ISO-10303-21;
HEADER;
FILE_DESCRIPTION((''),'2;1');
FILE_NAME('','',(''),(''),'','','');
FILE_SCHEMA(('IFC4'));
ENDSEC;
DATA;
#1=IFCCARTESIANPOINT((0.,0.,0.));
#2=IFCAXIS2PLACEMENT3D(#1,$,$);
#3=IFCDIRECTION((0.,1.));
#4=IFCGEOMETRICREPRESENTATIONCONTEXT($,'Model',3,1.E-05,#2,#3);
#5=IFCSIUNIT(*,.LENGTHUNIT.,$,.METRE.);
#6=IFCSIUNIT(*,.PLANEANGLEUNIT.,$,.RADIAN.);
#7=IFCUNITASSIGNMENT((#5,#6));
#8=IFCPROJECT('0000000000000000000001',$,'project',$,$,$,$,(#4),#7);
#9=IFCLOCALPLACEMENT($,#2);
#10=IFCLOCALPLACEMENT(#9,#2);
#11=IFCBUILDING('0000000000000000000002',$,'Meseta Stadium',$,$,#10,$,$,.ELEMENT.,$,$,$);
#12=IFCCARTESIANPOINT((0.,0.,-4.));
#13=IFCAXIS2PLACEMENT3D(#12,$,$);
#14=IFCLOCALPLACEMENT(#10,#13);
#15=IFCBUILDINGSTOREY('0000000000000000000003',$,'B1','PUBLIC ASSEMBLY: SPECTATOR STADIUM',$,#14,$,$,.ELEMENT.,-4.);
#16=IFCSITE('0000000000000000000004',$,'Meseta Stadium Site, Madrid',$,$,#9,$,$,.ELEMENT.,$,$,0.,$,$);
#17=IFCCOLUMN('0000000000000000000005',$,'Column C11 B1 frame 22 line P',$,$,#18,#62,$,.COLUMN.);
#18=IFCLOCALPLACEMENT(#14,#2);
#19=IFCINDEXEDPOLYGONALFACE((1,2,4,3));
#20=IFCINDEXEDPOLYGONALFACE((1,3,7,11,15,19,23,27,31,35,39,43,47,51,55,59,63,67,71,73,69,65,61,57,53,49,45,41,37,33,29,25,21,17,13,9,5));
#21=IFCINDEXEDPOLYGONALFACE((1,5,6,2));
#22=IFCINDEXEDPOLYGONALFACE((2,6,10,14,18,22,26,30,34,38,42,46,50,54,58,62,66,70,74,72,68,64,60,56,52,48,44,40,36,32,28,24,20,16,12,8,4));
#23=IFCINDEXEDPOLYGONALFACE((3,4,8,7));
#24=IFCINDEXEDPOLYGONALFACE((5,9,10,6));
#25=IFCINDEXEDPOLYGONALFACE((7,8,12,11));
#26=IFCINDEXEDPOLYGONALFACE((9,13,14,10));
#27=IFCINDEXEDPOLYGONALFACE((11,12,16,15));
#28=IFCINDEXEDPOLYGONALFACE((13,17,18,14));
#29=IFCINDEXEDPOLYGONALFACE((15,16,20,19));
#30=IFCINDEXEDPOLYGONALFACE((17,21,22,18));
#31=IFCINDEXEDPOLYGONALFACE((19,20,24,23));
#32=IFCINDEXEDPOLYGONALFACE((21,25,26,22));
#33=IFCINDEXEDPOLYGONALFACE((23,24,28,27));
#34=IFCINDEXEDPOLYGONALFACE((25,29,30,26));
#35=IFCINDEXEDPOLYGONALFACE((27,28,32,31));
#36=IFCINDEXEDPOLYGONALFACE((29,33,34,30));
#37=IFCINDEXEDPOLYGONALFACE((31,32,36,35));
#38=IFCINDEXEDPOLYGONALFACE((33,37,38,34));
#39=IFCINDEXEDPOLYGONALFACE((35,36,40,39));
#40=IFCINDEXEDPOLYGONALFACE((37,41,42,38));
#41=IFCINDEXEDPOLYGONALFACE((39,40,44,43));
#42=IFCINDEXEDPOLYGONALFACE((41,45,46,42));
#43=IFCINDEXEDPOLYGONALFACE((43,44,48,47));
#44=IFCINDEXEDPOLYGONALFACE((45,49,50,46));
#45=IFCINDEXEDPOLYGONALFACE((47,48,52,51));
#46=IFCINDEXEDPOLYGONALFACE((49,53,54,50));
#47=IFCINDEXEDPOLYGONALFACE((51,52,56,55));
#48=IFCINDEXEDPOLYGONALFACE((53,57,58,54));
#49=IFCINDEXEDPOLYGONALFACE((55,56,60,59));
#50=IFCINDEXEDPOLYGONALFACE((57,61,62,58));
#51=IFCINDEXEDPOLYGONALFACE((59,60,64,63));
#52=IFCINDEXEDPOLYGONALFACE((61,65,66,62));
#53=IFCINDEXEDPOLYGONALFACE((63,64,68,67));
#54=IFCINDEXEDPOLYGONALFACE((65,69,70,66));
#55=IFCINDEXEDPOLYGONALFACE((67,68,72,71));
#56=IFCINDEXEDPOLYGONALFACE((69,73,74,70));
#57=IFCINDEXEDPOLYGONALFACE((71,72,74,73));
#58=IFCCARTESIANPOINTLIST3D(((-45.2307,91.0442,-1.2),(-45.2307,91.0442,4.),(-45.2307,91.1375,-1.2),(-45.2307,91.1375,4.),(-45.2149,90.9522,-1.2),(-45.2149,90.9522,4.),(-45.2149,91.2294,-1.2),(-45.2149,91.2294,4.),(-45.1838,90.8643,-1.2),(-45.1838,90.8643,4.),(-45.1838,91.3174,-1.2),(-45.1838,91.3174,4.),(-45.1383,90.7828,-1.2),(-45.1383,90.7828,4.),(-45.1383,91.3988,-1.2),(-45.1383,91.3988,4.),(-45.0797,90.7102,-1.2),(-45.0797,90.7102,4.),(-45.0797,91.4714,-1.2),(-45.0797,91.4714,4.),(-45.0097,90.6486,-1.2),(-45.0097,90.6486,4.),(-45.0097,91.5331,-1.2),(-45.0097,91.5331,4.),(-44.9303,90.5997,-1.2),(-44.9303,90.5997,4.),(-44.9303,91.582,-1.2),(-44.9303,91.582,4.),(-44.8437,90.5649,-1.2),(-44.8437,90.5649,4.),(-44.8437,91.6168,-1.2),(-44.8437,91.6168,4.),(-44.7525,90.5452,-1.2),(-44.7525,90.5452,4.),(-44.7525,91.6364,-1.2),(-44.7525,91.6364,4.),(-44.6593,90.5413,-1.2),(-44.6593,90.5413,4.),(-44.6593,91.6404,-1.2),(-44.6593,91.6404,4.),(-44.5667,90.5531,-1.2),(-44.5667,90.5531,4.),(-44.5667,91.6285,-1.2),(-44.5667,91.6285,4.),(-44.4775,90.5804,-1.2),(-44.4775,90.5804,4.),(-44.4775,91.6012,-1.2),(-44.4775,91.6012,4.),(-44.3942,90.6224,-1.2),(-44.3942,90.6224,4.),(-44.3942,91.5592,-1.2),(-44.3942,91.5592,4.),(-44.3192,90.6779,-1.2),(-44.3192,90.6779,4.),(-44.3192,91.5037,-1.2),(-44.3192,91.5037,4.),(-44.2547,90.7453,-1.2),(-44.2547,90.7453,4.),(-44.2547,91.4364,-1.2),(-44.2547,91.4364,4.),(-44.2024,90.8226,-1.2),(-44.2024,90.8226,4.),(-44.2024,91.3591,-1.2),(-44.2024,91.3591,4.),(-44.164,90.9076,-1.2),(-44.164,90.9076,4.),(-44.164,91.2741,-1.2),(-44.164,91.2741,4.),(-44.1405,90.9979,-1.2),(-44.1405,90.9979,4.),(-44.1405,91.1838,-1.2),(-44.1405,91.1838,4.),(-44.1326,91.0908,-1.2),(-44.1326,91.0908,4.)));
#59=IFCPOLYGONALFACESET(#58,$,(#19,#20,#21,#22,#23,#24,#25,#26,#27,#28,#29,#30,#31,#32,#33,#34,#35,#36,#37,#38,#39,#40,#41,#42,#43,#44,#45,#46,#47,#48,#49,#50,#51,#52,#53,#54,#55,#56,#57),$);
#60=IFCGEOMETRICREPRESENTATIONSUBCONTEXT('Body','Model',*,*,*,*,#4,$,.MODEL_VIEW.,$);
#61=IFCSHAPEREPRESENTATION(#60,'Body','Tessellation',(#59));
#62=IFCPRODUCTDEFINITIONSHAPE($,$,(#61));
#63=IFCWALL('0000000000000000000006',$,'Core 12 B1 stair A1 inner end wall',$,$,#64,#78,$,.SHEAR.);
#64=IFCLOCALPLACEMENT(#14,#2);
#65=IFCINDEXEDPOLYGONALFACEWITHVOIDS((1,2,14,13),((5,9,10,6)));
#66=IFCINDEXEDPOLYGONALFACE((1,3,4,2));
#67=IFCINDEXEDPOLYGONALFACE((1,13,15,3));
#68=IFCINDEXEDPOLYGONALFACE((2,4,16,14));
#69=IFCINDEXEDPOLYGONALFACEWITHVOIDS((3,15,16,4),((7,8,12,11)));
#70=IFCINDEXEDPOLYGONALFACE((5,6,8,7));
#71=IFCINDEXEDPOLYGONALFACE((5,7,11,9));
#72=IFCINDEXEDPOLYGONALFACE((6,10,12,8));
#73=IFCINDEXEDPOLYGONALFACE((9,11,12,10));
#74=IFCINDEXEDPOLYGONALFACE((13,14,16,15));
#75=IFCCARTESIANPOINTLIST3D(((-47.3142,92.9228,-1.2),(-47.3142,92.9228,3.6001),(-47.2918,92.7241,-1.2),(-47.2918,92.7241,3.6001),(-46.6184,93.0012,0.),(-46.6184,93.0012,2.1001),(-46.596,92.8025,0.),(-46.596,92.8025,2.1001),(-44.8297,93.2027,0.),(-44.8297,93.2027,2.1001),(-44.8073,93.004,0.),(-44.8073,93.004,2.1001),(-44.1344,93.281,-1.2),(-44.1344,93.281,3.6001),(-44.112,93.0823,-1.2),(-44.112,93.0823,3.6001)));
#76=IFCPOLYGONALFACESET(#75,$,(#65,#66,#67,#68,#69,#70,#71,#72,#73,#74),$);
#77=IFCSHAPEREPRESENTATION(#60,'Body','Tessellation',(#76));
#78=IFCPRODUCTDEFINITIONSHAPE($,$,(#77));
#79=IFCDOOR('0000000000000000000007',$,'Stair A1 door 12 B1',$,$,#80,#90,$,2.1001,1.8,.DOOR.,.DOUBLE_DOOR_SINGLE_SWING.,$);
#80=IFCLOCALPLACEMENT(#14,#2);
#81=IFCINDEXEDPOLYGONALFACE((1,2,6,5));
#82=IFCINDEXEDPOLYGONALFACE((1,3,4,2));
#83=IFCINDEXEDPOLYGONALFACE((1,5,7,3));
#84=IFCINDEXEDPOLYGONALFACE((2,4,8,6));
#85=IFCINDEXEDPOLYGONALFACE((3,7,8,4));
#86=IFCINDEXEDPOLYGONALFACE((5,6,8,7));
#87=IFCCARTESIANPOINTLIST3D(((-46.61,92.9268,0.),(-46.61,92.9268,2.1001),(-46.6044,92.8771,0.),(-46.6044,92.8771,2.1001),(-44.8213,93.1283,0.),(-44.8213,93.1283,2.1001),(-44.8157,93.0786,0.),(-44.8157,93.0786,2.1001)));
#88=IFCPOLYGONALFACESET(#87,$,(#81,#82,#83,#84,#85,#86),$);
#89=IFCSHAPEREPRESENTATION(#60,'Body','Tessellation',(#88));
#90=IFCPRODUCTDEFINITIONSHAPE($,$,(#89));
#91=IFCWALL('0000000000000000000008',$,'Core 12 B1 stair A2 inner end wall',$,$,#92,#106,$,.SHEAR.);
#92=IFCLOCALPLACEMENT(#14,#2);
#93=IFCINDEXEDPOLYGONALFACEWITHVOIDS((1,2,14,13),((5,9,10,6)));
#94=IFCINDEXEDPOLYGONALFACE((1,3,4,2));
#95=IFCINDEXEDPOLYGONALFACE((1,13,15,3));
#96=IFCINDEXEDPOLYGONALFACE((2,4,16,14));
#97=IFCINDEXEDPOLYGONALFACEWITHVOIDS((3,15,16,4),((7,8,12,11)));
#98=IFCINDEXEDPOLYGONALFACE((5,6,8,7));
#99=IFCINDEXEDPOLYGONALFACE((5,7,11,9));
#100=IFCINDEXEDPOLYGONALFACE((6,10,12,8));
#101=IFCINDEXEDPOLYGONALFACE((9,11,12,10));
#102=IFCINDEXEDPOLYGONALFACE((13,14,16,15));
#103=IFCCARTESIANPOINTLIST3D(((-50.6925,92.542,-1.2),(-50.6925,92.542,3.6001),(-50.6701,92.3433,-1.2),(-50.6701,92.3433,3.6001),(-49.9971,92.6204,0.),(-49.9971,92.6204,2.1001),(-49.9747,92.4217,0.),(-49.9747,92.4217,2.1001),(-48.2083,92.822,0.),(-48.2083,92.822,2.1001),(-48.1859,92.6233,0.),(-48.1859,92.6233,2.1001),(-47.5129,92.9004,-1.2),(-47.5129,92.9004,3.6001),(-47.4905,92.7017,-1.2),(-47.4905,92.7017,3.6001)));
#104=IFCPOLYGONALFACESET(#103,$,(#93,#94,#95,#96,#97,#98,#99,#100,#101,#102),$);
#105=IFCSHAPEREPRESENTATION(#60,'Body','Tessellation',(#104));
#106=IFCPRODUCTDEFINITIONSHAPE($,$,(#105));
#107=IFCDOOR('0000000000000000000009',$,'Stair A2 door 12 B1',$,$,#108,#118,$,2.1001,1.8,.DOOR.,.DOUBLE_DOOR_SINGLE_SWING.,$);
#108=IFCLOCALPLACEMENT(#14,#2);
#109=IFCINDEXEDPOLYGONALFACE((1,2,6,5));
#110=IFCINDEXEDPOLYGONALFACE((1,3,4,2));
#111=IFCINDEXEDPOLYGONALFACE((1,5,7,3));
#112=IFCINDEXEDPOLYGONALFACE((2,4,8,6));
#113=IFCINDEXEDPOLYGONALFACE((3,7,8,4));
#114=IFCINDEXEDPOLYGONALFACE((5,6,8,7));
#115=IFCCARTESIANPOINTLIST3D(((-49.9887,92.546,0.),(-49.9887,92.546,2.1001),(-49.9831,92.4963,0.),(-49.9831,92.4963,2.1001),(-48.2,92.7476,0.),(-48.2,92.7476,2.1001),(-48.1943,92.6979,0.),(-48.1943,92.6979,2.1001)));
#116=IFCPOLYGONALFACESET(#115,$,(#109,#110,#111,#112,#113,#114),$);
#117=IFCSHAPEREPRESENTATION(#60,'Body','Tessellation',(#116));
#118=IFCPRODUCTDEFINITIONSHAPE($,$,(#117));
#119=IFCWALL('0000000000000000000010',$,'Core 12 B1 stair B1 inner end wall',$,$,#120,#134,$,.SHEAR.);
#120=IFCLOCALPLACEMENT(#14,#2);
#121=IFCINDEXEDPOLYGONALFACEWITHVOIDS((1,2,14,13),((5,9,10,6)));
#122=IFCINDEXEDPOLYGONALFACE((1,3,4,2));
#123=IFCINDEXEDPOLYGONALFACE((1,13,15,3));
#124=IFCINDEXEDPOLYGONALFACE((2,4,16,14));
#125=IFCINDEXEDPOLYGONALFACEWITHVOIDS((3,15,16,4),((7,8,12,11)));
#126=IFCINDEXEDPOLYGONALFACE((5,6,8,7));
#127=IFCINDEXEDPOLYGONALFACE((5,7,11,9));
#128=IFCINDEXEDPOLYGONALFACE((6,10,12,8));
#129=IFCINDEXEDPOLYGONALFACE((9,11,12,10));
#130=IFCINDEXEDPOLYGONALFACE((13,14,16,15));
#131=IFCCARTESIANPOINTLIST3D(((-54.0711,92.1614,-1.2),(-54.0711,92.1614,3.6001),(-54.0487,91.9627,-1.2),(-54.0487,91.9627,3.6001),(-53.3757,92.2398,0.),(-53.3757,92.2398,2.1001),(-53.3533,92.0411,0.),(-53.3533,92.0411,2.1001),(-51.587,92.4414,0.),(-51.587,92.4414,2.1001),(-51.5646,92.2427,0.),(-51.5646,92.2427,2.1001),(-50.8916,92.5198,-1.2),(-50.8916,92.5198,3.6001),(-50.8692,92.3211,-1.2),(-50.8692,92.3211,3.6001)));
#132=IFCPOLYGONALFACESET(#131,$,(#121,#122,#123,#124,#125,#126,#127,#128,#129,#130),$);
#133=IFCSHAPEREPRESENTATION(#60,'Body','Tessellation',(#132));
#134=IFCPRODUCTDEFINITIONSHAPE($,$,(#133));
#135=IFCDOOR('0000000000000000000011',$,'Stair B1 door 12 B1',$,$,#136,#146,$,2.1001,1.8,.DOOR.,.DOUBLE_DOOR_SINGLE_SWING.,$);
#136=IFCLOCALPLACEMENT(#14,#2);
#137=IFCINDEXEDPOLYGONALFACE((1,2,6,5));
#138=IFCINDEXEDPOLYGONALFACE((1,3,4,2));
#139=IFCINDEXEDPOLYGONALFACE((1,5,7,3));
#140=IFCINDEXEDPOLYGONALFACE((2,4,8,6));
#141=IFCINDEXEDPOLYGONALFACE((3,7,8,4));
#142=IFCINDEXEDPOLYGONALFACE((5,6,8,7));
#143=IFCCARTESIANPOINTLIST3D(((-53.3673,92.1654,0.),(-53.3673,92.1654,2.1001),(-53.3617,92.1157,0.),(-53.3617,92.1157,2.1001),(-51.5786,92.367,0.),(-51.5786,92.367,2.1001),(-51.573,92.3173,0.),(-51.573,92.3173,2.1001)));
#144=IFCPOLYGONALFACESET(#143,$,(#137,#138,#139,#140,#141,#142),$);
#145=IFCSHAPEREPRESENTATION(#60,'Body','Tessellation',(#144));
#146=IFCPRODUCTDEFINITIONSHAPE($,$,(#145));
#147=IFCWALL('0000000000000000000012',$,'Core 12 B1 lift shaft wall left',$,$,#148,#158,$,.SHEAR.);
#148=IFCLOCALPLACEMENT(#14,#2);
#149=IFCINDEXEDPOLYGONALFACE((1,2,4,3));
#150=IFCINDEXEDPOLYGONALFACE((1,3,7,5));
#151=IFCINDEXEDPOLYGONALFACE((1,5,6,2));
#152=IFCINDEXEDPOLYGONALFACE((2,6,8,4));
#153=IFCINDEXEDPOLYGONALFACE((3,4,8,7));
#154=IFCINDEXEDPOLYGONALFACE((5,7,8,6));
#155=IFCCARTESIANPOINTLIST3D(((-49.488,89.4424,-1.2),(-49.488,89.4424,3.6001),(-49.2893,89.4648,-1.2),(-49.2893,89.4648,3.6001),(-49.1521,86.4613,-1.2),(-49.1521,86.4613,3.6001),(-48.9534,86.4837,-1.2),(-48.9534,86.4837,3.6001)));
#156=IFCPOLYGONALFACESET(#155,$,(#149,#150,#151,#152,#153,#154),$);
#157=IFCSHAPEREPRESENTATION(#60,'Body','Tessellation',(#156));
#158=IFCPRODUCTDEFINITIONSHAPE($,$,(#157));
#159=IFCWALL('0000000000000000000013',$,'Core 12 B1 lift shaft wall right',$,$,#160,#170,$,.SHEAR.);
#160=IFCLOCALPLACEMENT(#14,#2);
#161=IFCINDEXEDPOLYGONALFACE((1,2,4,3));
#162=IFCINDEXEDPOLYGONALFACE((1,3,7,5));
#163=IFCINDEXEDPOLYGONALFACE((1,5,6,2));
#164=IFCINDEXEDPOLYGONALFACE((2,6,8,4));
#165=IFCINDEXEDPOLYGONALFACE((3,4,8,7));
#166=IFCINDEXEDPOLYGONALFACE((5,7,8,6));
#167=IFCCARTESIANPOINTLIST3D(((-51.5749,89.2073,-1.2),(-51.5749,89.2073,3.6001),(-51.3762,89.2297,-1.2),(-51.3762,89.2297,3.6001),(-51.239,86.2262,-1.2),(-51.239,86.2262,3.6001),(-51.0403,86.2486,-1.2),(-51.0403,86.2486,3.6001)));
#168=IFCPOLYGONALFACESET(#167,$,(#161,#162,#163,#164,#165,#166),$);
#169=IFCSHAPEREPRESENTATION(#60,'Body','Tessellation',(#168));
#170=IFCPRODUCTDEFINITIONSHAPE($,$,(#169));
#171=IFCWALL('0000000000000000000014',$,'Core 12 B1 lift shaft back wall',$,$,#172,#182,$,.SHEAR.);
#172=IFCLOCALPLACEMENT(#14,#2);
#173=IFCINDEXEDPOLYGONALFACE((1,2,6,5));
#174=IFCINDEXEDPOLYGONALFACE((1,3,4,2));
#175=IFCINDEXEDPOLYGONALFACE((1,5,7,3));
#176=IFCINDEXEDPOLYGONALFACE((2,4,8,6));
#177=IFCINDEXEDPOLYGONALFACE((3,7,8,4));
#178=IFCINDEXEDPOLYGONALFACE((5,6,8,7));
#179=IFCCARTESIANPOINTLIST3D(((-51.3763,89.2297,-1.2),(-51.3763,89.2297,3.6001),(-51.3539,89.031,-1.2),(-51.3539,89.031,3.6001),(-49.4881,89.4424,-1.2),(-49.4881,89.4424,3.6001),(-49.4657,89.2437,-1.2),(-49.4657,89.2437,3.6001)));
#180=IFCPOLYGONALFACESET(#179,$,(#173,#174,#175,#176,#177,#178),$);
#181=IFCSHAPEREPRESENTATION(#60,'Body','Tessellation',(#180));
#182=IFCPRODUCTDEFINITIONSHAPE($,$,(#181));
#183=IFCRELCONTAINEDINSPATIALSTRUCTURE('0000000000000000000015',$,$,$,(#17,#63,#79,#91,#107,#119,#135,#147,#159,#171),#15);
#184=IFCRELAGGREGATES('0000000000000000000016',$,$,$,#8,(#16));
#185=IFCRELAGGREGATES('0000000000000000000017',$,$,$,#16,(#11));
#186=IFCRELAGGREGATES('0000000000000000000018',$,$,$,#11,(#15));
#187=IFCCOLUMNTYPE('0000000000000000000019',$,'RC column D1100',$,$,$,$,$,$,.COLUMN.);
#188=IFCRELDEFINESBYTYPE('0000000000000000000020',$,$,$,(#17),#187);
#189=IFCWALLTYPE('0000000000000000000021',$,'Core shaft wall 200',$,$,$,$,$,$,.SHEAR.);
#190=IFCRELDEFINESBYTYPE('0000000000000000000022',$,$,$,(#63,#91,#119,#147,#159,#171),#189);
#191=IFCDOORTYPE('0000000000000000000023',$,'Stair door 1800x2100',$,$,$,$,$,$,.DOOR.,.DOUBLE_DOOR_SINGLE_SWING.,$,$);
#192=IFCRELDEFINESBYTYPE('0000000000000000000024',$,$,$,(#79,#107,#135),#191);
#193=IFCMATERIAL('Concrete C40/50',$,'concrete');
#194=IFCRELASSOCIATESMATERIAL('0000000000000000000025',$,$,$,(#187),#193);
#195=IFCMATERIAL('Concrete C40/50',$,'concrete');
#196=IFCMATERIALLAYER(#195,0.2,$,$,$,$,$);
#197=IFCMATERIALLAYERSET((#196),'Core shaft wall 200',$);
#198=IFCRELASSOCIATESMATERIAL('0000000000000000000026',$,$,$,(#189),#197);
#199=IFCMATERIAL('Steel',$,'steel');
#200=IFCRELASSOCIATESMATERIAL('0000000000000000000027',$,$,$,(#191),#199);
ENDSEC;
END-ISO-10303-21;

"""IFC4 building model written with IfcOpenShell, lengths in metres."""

from ifc_helpers import new_model, si_unit, direction, frame, frame_2d, origin, origin_2d, place, context, subcontext, project, spatial, rectangle, circle, extrude, material, layer, layer_set, material_profile, profile_set, type_object, element, fill, save


model = new_model("IFC4")

# Units and contexts
model_context = context("Model", 3, precision=1e-05, world=origin(), true_north=direction((0.0, 1.0)))
body_context = subcontext(model_context, "Body", "Model", "MODEL_VIEW")
ifc_project = project(units=[si_unit("LENGTHUNIT", "METRE"), si_unit("PLANEANGLEUNIT", "RADIAN")], contexts=[model_context])

# Site, building, storey
site_placement = place(None, origin())
site = spatial("IfcSite", under=ifc_project, at=site_placement, Name="Meseta Stadium Site, Madrid", CompositionType="ELEMENT", RefElevation=0.0)
building_placement = place(site_placement, origin())
building = spatial("IfcBuilding", under=site, at=building_placement, Name="Meseta Stadium", CompositionType="ELEMENT")
storey_placement = place(building_placement, frame((0.0, 0.0, -4.0)))
storey = spatial("IfcBuildingStorey", under=building, at=storey_placement, Name="B1", Description="PUBLIC ASSEMBLY: SPECTATOR STADIUM", CompositionType="ELEMENT", Elevation=-4.0)

# Column
ifc_material_1 = material(Name="Concrete C40/50", Category="concrete")
ifc_material_profile = material_profile(ifc_material_1, circle(Radius=0.55, at=origin_2d()), Name="RC D1100")
ifc_profile_set = profile_set([ifc_material_profile], Name="Concrete C40/50")
column_type = type_object("IfcColumnType", Name="RC column D1100", PredefinedType="COLUMN", material=ifc_profile_set)
column_placement = place(storey_placement, frame((-44.6826, 91.0908, -1.2), z_axis=(0.0, 0.0, 1.0), x_axis=(1.0, 0.0, 0.0)))
element("IfcColumn", 1, at=column_placement, inside=storey, type_object=column_type, Name="Column C11 B1 frame 22 line P", PredefinedType="COLUMN", context=body_context, shape_type="SweptSolid", body=[
    extrude(circle(Radius=0.55, at=origin_2d()), origin(), (0.0, 0.0, 1.0), 5.2),
])

# Walls, openings, doors
ifc_material_2 = material(Name="Concrete C40/50", Category="concrete")
ifc_layer_1 = layer(ifc_material_2, 0.2)
ifc_layer_set_1 = layer_set([ifc_layer_1], Name="Core shaft wall 200")
wall_type_1 = type_object("IfcWallType", Name="Core shaft wall 200", PredefinedType="SHEAR", material=ifc_layer_set_1)
wall_1_placement = place(storey_placement, frame((-44.123, 93.1816, -1.2), z_axis=(0.0, 0.0, 1.0), x_axis=(-0.993717, -0.111922, 0.0)))
wall_1 = element("IfcWall", 2, at=wall_1_placement, inside=storey, type_object=wall_type_1, Name="Core 12 B1 stair A1 inner end wall", PredefinedType="SHEAR", context=body_context, shape_type="SweptSolid", body=[
    extrude(rectangle(XDim=3.2, YDim=0.2, at=frame_2d((1.6001, 0.0))), origin(), (0.0, 0.0, 1.0), 4.8),
])
opening_1_placement = place(wall_1_placement, frame((0.7, 0.0, 1.2)))
opening_1 = element("IfcOpeningElement", 3, at=opening_1_placement, cuts=wall_1, PredefinedType="OPENING", context=body_context, shape_type="SweptSolid", body=[
    extrude(rectangle(XDim=1.8, YDim=2.1001, at=frame_2d((0.8999, 1.05))), frame((0.0, 0.1099, 0.0), z_axis=(0.0, -1.0, 0.0), x_axis=(1.0, 0.0, 0.0)), (0.0, 0.0, 1.0), 0.22),
])
ifc_material_3 = material(Name="Steel", Category="steel")
door_type = type_object("IfcDoorType", Name="Stair door 1800x2100", OperationType="DOUBLE_DOOR_SINGLE_SWING", PredefinedType="DOOR", material=ifc_material_3)
door_1_placement = place(opening_1_placement, origin())
door_1 = element("IfcDoor", 4, at=door_1_placement, inside=storey, type_object=door_type, Name="Stair A1 door 12 B1", OperationType="DOUBLE_DOOR_SINGLE_SWING", OverallHeight=2.1001, OverallWidth=1.8, PredefinedType="DOOR", context=body_context, shape_type="SweptSolid", body=[
    extrude(rectangle(XDim=1.8, YDim=2.1001, at=frame_2d((0.8999, 1.05))), frame((0.0, 0.0249, 0.0), z_axis=(0.0, -1.0, 0.0), x_axis=(1.0, 0.0, 0.0)), (0.0, 0.0, 1.0), 0.05),
])
fill(opening_1, door_1)
wall_2_placement = place(storey_placement, frame((-47.5017, 92.801, -1.2), z_axis=(0.0, 0.0, 1.0), x_axis=(-0.993708, -0.112006, 0.0)))
wall_2 = element("IfcWall", 5, at=wall_2_placement, inside=storey, type_object=wall_type_1, Name="Core 12 B1 stair A2 inner end wall", PredefinedType="SHEAR", context=body_context, shape_type="SweptSolid", body=[
    extrude(rectangle(XDim=3.1997, YDim=0.2, at=frame_2d((1.5999, 0.0))), origin(), (0.0, 0.0, 1.0), 4.8),
])
opening_2_placement = place(wall_2_placement, frame((0.7, 0.0, 1.2)))
opening_2 = element("IfcOpeningElement", 6, at=opening_2_placement, cuts=wall_2, PredefinedType="OPENING", context=body_context, shape_type="SweptSolid", body=[
    extrude(rectangle(XDim=1.8, YDim=2.1001, at=frame_2d((0.8999, 1.05))), frame((0.0, 0.1099, 0.0), z_axis=(0.0, -1.0, 0.0), x_axis=(1.0, 0.0, 0.0)), (0.0, 0.0, 1.0), 0.22),
])
door_2_placement = place(opening_2_placement, origin())
door_2 = element("IfcDoor", 7, at=door_2_placement, inside=storey, type_object=door_type, Name="Stair A2 door 12 B1", OperationType="DOUBLE_DOOR_SINGLE_SWING", OverallHeight=2.1001, OverallWidth=1.8, PredefinedType="DOOR", context=body_context, shape_type="SweptSolid", body=[
    extrude(rectangle(XDim=1.8, YDim=2.1001, at=frame_2d((0.8999, 1.05))), frame((0.0, 0.0249, 0.0), z_axis=(0.0, -1.0, 0.0), x_axis=(1.0, 0.0, 0.0)), (0.0, 0.0, 1.0), 0.05),
])
fill(opening_2, door_2)
wall_3_placement = place(storey_placement, frame((-50.8804, 92.4204, -1.2), z_axis=(0.0, 0.0, 1.0), x_axis=(-0.993708, -0.112006, 0.0)))
wall_3 = element("IfcWall", 8, at=wall_3_placement, inside=storey, type_object=wall_type_1, Name="Core 12 B1 stair B1 inner end wall", PredefinedType="SHEAR", context=body_context, shape_type="SweptSolid", body=[
    extrude(rectangle(XDim=3.1997, YDim=0.2, at=frame_2d((1.5999, 0.0))), origin(), (0.0, 0.0, 1.0), 4.8),
])
opening_3_placement = place(wall_3_placement, frame((0.7, 0.0, 1.2)))
opening_3 = element("IfcOpeningElement", 9, at=opening_3_placement, cuts=wall_3, PredefinedType="OPENING", context=body_context, shape_type="SweptSolid", body=[
    extrude(rectangle(XDim=1.8, YDim=2.1001, at=frame_2d((0.8999, 1.05))), frame((0.0, 0.1099, 0.0), z_axis=(0.0, -1.0, 0.0), x_axis=(1.0, 0.0, 0.0)), (0.0, 0.0, 1.0), 0.22),
])
door_3_placement = place(opening_3_placement, origin())
door_3 = element("IfcDoor", 10, at=door_3_placement, inside=storey, type_object=door_type, Name="Stair B1 door 12 B1", OperationType="DOUBLE_DOOR_SINGLE_SWING", OverallHeight=2.1001, OverallWidth=1.8, PredefinedType="DOOR", context=body_context, shape_type="SweptSolid", body=[
    extrude(rectangle(XDim=1.8, YDim=2.1001, at=frame_2d((0.8999, 1.05))), frame((0.0, 0.0249, 0.0), z_axis=(0.0, -1.0, 0.0), x_axis=(1.0, 0.0, 0.0)), (0.0, 0.0, 1.0), 0.05),
])
fill(opening_3, door_3)

# Walls
for number, where, z_axis, x_axis, name in (
    (11, (-49.3887, 89.4536, -1.2), (0.0, 0.0, 1.0), (0.111977, -0.993711, 0.0), "Core 12 B1 lift shaft wall left"),
    (12, (-51.4756, 89.2185, -1.2), (0.0, 0.0, 1.0), (0.111977, -0.993711, 0.0), "Core 12 B1 lift shaft wall right"),
):
    element("IfcWall", number, at=place(storey_placement, frame(where, z_axis=z_axis, x_axis=x_axis)), inside=storey, type_object=wall_type_1, Name=name, PredefinedType="SHEAR", context=body_context, shape_type="SweptSolid", body=[
        extrude(rectangle(XDim=3.0, YDim=0.2, at=frame_2d((1.5, 0.0))), origin(), (0.0, 0.0, 1.0), 4.8),
    ])
wall_4_placement = place(storey_placement, frame((-49.4768, 89.343, -1.2), z_axis=(0.0, 0.0, 1.0), x_axis=(-0.993718, -0.111912, 0.0)))
element("IfcWall", 13, at=wall_4_placement, inside=storey, type_object=wall_type_1, Name="Core 12 B1 lift shaft back wall", PredefinedType="SHEAR", context=body_context, shape_type="SweptSolid", body=[
    extrude(rectangle(XDim=1.9001, YDim=0.2, at=frame_2d((0.9502, 0.0))), origin(), (0.0, 0.0, 1.0), 4.8),
])

save(model, "model.ifc")
